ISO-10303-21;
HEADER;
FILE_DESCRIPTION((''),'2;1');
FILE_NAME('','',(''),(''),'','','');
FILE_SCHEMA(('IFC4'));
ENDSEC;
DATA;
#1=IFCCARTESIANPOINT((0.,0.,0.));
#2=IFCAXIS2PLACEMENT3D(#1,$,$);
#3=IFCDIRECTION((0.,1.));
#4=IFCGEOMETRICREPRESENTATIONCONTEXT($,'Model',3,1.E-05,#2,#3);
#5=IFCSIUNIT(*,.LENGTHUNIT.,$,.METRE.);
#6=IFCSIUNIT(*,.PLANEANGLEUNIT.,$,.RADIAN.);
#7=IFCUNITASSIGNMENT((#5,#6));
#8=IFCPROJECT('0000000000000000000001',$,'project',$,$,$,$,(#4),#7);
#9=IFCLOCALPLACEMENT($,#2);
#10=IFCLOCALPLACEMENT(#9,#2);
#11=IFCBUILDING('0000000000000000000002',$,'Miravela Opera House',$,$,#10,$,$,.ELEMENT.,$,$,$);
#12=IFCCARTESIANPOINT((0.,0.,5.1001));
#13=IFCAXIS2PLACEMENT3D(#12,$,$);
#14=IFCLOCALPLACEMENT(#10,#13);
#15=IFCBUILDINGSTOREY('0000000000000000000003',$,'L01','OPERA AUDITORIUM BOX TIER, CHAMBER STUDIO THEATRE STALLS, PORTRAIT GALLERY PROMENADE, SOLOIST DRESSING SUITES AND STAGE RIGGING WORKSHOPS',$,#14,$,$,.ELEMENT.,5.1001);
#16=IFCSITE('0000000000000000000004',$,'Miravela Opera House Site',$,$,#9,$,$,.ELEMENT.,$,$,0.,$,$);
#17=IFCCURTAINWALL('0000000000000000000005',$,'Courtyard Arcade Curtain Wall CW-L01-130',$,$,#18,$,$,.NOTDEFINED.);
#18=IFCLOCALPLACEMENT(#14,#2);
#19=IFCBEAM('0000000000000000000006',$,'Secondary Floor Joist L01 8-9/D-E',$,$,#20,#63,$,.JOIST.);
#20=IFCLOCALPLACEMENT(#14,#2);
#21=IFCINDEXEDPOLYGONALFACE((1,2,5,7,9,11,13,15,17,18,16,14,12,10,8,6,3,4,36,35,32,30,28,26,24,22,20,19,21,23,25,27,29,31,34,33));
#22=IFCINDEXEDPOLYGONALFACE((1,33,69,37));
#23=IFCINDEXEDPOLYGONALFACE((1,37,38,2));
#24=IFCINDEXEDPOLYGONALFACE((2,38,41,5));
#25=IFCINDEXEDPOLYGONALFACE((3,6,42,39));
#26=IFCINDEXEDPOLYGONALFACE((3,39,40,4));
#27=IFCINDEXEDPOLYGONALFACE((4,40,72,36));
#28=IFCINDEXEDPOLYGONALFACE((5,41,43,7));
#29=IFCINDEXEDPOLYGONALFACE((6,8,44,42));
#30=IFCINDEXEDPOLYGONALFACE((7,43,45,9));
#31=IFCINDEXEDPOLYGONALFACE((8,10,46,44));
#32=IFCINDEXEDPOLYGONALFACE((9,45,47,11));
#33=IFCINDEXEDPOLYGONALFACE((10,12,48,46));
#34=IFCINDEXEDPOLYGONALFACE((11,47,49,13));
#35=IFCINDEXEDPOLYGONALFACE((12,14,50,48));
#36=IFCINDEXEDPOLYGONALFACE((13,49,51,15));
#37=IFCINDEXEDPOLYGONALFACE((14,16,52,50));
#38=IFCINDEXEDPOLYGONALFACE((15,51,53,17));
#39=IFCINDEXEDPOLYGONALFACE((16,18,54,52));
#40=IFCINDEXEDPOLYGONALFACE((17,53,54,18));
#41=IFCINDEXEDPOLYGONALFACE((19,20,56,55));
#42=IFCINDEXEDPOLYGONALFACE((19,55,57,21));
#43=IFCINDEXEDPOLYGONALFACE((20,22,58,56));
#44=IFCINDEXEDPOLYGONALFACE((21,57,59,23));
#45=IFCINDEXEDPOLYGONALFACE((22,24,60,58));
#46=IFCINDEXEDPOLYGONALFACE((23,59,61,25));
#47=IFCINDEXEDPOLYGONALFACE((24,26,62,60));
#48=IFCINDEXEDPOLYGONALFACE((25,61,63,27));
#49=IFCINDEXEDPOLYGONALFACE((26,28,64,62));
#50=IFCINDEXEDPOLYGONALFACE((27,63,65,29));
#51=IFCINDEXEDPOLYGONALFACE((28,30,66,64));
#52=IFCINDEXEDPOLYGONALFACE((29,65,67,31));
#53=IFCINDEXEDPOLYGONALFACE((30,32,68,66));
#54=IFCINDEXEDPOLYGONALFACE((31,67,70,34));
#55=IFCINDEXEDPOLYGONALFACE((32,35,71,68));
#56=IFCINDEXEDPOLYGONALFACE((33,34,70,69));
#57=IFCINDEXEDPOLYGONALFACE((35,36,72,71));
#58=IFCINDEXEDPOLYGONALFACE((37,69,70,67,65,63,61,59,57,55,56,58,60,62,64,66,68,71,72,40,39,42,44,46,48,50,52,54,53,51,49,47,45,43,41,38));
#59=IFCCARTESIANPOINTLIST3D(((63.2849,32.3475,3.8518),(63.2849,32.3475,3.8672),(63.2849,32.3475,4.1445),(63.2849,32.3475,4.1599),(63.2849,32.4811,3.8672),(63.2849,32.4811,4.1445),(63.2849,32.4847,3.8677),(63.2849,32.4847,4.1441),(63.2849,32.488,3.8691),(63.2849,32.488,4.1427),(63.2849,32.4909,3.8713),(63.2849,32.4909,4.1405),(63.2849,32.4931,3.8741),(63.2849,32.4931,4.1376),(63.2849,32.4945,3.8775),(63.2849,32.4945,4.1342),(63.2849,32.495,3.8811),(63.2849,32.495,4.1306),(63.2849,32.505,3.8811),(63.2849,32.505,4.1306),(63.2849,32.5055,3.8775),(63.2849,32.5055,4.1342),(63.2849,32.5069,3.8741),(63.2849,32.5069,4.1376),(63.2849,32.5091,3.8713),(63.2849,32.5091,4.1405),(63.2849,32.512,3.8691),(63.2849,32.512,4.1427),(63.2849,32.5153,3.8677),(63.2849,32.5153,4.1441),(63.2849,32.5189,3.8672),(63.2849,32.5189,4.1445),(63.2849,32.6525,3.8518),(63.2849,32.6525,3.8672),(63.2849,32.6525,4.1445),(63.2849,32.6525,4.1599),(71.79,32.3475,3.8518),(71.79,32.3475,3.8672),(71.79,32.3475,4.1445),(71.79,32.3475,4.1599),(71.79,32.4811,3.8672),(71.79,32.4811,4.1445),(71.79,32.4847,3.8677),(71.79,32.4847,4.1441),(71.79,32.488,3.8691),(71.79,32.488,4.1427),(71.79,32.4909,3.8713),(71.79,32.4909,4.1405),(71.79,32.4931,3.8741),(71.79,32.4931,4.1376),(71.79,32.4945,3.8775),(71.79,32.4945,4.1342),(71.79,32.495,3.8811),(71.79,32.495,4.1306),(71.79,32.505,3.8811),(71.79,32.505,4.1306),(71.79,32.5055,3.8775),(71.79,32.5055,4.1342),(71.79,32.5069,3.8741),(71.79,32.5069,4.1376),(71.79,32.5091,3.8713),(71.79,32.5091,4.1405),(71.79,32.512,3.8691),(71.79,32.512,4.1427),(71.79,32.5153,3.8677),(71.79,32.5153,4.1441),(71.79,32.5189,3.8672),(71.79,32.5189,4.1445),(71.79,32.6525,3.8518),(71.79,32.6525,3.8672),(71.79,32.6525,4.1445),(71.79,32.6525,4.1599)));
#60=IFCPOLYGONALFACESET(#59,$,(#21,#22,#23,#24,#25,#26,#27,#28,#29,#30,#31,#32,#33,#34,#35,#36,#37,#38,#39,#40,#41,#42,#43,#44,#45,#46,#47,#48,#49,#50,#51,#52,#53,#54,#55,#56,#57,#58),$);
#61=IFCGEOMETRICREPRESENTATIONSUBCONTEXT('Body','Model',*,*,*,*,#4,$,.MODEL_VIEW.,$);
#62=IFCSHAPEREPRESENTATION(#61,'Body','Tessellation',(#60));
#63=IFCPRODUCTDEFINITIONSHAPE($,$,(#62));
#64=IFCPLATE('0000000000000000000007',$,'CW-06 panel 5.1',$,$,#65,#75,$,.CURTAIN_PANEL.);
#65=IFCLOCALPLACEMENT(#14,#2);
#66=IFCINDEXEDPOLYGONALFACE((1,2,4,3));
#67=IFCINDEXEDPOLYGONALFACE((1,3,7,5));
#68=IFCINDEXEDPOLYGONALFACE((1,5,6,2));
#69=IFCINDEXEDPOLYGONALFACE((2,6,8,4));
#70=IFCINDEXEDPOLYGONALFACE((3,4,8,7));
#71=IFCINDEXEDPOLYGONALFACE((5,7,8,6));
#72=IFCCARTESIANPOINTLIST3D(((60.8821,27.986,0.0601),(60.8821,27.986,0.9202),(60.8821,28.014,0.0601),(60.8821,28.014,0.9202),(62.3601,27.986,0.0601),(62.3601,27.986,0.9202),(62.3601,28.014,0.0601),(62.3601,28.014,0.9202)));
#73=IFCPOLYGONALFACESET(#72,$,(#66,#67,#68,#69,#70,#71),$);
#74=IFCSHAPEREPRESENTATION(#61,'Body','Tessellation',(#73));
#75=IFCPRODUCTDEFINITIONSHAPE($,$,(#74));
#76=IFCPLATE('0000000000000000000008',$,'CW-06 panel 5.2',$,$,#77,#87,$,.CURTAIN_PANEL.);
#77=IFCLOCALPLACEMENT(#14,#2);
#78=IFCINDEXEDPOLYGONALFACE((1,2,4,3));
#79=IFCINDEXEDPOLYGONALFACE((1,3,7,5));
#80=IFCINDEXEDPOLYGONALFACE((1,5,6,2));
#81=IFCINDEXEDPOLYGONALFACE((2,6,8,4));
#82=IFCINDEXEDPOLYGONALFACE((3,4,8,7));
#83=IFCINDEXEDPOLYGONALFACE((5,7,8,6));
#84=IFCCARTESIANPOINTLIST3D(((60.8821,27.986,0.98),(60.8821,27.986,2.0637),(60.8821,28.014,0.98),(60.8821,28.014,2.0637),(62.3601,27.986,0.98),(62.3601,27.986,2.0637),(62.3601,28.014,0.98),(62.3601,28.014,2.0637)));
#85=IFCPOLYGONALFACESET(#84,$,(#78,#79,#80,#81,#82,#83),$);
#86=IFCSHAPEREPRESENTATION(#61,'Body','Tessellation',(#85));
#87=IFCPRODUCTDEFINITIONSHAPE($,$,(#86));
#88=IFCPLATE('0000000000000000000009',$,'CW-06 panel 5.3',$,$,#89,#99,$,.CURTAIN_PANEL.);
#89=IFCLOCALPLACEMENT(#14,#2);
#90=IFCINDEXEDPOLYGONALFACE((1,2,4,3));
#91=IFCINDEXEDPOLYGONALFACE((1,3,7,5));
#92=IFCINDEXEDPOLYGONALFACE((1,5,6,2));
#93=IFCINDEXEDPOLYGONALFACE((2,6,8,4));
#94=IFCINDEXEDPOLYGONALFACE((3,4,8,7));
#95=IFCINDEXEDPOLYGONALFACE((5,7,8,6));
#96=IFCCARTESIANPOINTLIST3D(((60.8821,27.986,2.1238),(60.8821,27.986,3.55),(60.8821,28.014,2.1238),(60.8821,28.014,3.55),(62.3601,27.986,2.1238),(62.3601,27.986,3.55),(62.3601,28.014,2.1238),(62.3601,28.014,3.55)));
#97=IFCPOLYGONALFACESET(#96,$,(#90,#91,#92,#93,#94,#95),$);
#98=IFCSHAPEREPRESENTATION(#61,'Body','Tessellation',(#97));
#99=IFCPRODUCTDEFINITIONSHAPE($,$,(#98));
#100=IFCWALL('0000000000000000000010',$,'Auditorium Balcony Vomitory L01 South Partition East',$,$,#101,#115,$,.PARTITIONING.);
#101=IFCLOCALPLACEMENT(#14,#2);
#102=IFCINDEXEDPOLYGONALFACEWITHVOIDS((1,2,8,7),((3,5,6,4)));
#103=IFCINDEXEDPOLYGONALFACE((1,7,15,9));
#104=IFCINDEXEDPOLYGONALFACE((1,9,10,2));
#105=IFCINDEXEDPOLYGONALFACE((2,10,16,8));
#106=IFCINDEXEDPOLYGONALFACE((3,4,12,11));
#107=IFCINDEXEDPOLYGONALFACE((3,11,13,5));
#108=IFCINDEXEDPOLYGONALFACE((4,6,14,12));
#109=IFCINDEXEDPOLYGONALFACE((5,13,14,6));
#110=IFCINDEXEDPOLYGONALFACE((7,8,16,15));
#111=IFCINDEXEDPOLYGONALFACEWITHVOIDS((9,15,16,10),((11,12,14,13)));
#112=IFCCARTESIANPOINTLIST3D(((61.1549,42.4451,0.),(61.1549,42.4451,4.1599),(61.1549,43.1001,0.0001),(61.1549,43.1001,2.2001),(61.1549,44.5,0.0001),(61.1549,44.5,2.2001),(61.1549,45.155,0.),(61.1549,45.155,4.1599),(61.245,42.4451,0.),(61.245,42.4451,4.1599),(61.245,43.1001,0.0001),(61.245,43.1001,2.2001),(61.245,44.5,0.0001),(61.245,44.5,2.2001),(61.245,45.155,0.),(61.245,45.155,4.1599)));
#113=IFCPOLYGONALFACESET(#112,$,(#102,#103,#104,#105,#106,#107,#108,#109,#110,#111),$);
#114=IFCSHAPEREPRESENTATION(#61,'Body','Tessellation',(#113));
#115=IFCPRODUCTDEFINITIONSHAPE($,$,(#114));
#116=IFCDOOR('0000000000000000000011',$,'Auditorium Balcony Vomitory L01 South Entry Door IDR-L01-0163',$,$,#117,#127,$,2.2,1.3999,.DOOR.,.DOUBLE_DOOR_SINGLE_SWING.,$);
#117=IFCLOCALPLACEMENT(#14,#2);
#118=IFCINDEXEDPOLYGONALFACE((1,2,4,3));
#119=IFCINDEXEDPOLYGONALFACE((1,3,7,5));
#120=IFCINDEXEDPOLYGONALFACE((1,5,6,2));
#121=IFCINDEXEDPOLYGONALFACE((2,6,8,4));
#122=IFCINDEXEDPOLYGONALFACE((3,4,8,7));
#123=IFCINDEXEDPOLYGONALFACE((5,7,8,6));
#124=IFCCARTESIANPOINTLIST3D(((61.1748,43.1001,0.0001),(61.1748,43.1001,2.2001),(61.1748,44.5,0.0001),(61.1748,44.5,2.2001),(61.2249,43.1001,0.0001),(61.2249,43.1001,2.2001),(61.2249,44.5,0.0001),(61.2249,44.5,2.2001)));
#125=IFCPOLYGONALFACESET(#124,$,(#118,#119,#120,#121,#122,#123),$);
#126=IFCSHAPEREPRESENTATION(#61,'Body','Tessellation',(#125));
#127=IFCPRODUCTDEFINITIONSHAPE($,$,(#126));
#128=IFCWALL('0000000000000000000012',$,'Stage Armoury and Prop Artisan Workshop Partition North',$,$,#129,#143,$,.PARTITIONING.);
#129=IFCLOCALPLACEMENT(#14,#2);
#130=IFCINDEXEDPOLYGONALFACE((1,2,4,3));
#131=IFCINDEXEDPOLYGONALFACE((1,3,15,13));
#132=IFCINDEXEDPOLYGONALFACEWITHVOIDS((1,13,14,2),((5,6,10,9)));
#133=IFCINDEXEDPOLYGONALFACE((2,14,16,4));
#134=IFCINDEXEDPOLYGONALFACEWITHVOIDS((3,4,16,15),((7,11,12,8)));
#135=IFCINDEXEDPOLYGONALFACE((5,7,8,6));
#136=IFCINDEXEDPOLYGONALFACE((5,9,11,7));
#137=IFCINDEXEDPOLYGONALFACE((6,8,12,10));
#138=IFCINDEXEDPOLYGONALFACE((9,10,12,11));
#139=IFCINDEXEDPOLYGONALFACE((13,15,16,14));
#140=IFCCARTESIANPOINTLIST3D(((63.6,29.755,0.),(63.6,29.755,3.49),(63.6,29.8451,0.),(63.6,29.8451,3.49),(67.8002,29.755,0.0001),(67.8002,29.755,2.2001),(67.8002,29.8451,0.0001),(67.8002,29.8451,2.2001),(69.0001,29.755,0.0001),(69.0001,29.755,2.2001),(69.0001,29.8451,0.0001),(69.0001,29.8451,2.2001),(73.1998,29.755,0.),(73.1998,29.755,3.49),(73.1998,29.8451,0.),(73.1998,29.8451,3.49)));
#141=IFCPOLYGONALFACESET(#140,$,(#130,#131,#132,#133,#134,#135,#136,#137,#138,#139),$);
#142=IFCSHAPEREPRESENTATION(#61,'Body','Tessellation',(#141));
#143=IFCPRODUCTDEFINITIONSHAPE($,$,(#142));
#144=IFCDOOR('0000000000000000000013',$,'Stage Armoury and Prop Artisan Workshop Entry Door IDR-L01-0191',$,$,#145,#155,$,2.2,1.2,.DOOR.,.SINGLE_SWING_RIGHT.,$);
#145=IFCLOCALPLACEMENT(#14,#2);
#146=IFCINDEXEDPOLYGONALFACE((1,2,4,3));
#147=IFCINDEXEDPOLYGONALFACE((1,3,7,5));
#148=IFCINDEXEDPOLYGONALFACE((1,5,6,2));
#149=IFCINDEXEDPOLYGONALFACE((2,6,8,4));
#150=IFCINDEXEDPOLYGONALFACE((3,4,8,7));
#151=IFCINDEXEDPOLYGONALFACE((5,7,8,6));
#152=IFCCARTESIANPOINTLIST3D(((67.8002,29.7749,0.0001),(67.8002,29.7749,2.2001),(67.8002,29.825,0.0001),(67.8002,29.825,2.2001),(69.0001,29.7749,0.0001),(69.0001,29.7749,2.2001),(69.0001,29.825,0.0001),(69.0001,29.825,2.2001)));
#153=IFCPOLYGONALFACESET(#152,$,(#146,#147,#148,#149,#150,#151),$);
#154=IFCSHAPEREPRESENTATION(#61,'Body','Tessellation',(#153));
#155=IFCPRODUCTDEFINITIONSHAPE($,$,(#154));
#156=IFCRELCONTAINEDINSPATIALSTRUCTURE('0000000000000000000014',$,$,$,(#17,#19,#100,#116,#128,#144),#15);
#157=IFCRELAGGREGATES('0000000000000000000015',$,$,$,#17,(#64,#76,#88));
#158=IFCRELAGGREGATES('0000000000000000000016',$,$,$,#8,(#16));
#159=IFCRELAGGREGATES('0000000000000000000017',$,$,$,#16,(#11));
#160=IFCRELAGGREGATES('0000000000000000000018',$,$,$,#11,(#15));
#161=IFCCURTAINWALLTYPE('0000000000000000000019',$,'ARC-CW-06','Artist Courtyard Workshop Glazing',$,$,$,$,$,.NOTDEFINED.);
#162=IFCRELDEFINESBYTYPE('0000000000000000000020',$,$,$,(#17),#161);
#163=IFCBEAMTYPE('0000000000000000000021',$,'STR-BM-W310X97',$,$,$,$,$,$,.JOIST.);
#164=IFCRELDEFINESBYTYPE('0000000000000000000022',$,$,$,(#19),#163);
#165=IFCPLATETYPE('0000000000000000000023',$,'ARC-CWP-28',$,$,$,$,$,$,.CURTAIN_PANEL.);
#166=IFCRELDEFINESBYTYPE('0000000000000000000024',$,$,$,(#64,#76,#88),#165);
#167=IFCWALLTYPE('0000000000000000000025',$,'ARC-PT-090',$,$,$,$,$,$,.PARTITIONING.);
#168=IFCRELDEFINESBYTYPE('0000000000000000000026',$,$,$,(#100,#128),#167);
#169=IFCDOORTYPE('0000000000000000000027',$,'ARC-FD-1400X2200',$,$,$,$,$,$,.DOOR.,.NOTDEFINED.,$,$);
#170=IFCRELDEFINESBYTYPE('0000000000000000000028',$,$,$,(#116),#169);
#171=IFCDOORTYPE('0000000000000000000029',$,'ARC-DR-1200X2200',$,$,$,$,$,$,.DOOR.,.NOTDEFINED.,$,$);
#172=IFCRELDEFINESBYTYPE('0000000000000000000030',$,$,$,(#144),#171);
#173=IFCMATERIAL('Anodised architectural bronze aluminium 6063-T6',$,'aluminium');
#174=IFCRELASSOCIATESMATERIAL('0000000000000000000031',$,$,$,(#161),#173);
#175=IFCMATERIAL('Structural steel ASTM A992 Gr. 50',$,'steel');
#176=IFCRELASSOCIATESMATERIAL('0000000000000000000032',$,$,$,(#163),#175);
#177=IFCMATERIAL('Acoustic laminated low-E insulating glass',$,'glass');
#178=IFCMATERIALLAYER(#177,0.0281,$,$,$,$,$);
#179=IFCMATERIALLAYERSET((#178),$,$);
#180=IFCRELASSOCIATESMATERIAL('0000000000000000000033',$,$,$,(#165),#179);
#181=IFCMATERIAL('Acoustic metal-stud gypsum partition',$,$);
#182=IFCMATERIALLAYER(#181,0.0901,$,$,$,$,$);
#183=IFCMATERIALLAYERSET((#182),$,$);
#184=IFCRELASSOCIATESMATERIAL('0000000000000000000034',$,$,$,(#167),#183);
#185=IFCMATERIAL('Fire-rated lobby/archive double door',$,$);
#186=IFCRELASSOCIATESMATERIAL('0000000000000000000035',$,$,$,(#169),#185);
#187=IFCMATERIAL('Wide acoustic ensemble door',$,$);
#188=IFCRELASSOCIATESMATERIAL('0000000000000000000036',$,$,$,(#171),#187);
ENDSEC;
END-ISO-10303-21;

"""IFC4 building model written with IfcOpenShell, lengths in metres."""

from ifc_helpers import new_model, si_unit, direction, frame, frame_2d, origin, origin_2d, place, context, subcontext, project, spatial, rectangle, i_section, extrude, material, layer, layer_set, material_profile, profile_set, type_object, element, fill, aggregate, save


model = new_model("IFC4")

# Units and contexts
model_context = context("Model", 3, precision=1e-05, world=origin(), true_north=direction((0.0, 1.0)))
body_context = subcontext(model_context, "Body", "Model", "MODEL_VIEW")
ifc_project = project(units=[si_unit("LENGTHUNIT", "METRE"), si_unit("PLANEANGLEUNIT", "RADIAN")], contexts=[model_context])

# Site, building, storey
site_placement = place(None, origin())
site = spatial("IfcSite", under=ifc_project, at=site_placement, Name="Miravela Opera House Site", CompositionType="ELEMENT", RefElevation=0.0)
building_placement = place(site_placement, origin())
building = spatial("IfcBuilding", under=site, at=building_placement, Name="Miravela Opera House", CompositionType="ELEMENT")
storey_placement = place(building_placement, frame((0.0, 0.0, 5.1001)))
storey = spatial("IfcBuildingStorey", under=building, at=storey_placement, Name="L01", Description="OPERA AUDITORIUM BOX TIER, CHAMBER STUDIO THEATRE STALLS, PORTRAIT GALLERY PROMENADE, SOLOIST DRESSING SUITES AND STAGE RIGGING WORKSHOPS", CompositionType="ELEMENT", Elevation=5.1001)

# Curtain wall
ifc_material_1 = material(Name="Anodised architectural bronze aluminium 6063-T6", Category="aluminium")
curtain_wall_type = type_object("IfcCurtainWallType", Name="ARC-CW-06", Description="Artist Courtyard Workshop Glazing", PredefinedType="NOTDEFINED", material=ifc_material_1)
curtain_wall_placement = place(storey_placement, origin())
curtain_wall = element("IfcCurtainWall", 1, at=curtain_wall_placement, inside=storey, type_object=curtain_wall_type, Name="Courtyard Arcade Curtain Wall CW-L01-130", PredefinedType="NOTDEFINED")

# Beam
ifc_material_2 = material(Name="Structural steel ASTM A992 Gr. 50", Category="steel")
ifc_material_profile_1 = material_profile(ifc_material_2, i_section(OverallWidth=0.3049, OverallDepth=0.3081, WebThickness=0.01, FlangeThickness=0.0154, FilletRadius=0.0139, at=origin_2d()), Name="W310X97")
ifc_profile_set_1 = profile_set([ifc_material_profile_1])
beam_type_1 = type_object("IfcBeamType", Name="STR-BM-W310X97", PredefinedType="JOIST", material=ifc_profile_set_1)
beam_1_placement = place(storey_placement, frame((63.2849, 32.5, 4.0059), z_axis=(1.0, 0.0, 0.0), x_axis=(0.0, 1.0, 0.0)))
element("IfcBeam", 2, at=beam_1_placement, inside=storey, type_object=beam_type_1, Name="Secondary Floor Joist L01 8-9/D-E", PredefinedType="JOIST", context=body_context, shape_type="SweptSolid", body=[
    extrude(i_section(OverallWidth=0.3049, OverallDepth=0.3081, WebThickness=0.01, FlangeThickness=0.0154, FilletRadius=0.0139, at=origin_2d()), origin(), (0.0, 0.0, 1.0), 8.5051),
])

# Plates
ifc_material_3 = material(Name="Acoustic laminated low-E insulating glass", Category="glass")
ifc_layer_1 = layer(ifc_material_3, 0.0281)
ifc_layer_set_1 = layer_set([ifc_layer_1])
plate_type = type_object("IfcPlateType", Name="ARC-CWP-28", PredefinedType="CURTAIN_PANEL", material=ifc_layer_set_1)
plate_1_placement = place(storey_placement, frame((61.6211, 28.0, 0.0601), z_axis=(0.0, 0.0, 1.0), x_axis=(1.0, 0.0, 0.0)))
plate_1 = element("IfcPlate", 3, at=plate_1_placement, type_object=plate_type, Name="CW-06 panel 5.1", PredefinedType="CURTAIN_PANEL", context=body_context, shape_type="SweptSolid", body=[
    extrude(rectangle(XDim=1.478, YDim=0.0281, at=origin_2d()), origin(), (0.0, 0.0, 1.0), 0.8601),
])
plate_2_placement = place(storey_placement, frame((61.6211, 28.0, 0.98), z_axis=(0.0, 0.0, 1.0), x_axis=(1.0, 0.0, 0.0)))
plate_2 = element("IfcPlate", 4, at=plate_2_placement, type_object=plate_type, Name="CW-06 panel 5.2", PredefinedType="CURTAIN_PANEL", context=body_context, shape_type="SweptSolid", body=[
    extrude(rectangle(XDim=1.478, YDim=0.0281, at=origin_2d()), origin(), (0.0, 0.0, 1.0), 1.0837),
])
plate_3_placement = place(storey_placement, frame((61.6211, 28.0, 2.1238), z_axis=(0.0, 0.0, 1.0), x_axis=(1.0, 0.0, 0.0)))
plate_3 = element("IfcPlate", 5, at=plate_3_placement, type_object=plate_type, Name="CW-06 panel 5.3", PredefinedType="CURTAIN_PANEL", context=body_context, shape_type="SweptSolid", body=[
    extrude(rectangle(XDim=1.478, YDim=0.0281, at=origin_2d()), origin(), (0.0, 0.0, 1.0), 1.4263),
])
aggregate(curtain_wall, [plate_1, plate_2, plate_3])

# Walls, openings, doors
ifc_material_4 = material(Name="Acoustic metal-stud gypsum partition")
ifc_layer_2 = layer(ifc_material_4, 0.0901)
ifc_layer_set_2 = layer_set([ifc_layer_2])
wall_type_1 = type_object("IfcWallType", Name="ARC-PT-090", PredefinedType="PARTITIONING", material=ifc_layer_set_2)
wall_1_placement = place(storey_placement, frame((61.2, 42.4451, 0.0), z_axis=(0.0, 0.0, 1.0), x_axis=(0.0, 1.0, 0.0)))
wall_1 = element("IfcWall", 6, at=wall_1_placement, inside=storey, type_object=wall_type_1, Name="Auditorium Balcony Vomitory L01 South Partition East", PredefinedType="PARTITIONING", context=body_context, shape_type="SweptSolid", body=[
    extrude(rectangle(XDim=2.71, YDim=0.0901, at=frame_2d((1.355, 0.0))), origin(), (0.0, 0.0, 1.0), 4.1599),
])
opening_1_placement = place(wall_1_placement, frame((0.655, 0.0, 0.0)))
opening_1 = element("IfcOpeningElement", 7, at=opening_1_placement, cuts=wall_1, PredefinedType="OPENING", context=body_context, shape_type="SweptSolid", body=[
    extrude(rectangle(XDim=1.3999, YDim=2.2, at=frame_2d((0.7, 1.1001))), frame((0.0, 0.0549, 0.0), z_axis=(0.0, -1.0, 0.0), x_axis=(1.0, 0.0, 0.0)), (0.0, 0.0, 1.0), 0.1101),
])
ifc_material_5 = material(Name="Fire-rated lobby/archive double door")
door_type_1 = type_object("IfcDoorType", Name="ARC-FD-1400X2200", OperationType="NOTDEFINED", PredefinedType="DOOR", material=ifc_material_5)
door_1_placement = place(opening_1_placement, frame((1.3999, 0.0, 0.0), z_axis=(0.0, 0.0, 1.0), x_axis=(-1.0, 0.0, 0.0)))
door_1 = element("IfcDoor", 8, at=door_1_placement, inside=storey, type_object=door_type_1, Name="Auditorium Balcony Vomitory L01 South Entry Door IDR-L01-0163", OperationType="DOUBLE_DOOR_SINGLE_SWING", OverallHeight=2.2, OverallWidth=1.3999, PredefinedType="DOOR", context=body_context, shape_type="SweptSolid", body=[
    extrude(rectangle(XDim=1.3999, YDim=2.2, at=frame_2d((0.7, 1.1001))), frame((0.0, 0.0249, 0.0), z_axis=(0.0, -1.0, 0.0), x_axis=(1.0, 0.0, 0.0)), (0.0, 0.0, 1.0), 0.05),
])
fill(opening_1, door_1)
wall_2_placement = place(storey_placement, frame((63.6001, 29.8, 0.0), z_axis=(0.0, 0.0, 1.0), x_axis=(1.0, 0.0, 0.0)))
wall_2 = element("IfcWall", 9, at=wall_2_placement, inside=storey, type_object=wall_type_1, Name="Stage Armoury and Prop Artisan Workshop Partition North", PredefinedType="PARTITIONING", context=body_context, shape_type="SweptSolid", body=[
    extrude(rectangle(XDim=9.5999, YDim=0.0901, at=frame_2d((4.7998, 0.0))), origin(), (0.0, 0.0, 1.0), 3.49),
])
opening_2_placement = place(wall_2_placement, frame((4.2, 0.0, 0.0)))
opening_2 = element("IfcOpeningElement", 10, at=opening_2_placement, cuts=wall_2, PredefinedType="OPENING", context=body_context, shape_type="SweptSolid", body=[
    extrude(rectangle(XDim=1.2, YDim=2.2, at=frame_2d((0.6001, 1.1001))), frame((0.0, 0.0549, 0.0), z_axis=(0.0, -1.0, 0.0), x_axis=(1.0, 0.0, 0.0)), (0.0, 0.0, 1.0), 0.1101),
])
ifc_material_6 = material(Name="Wide acoustic ensemble door")
door_type_2 = type_object("IfcDoorType", Name="ARC-DR-1200X2200", OperationType="NOTDEFINED", PredefinedType="DOOR", material=ifc_material_6)
door_2_placement = place(opening_2_placement, origin())
door_2 = element("IfcDoor", 11, at=door_2_placement, inside=storey, type_object=door_type_2, Name="Stage Armoury and Prop Artisan Workshop Entry Door IDR-L01-0191", OperationType="SINGLE_SWING_RIGHT", OverallHeight=2.2, OverallWidth=1.2, PredefinedType="DOOR", context=body_context, shape_type="SweptSolid", body=[
    extrude(rectangle(XDim=1.2, YDim=2.2, at=frame_2d((0.6001, 1.1001))), frame((0.0, 0.0249, 0.0), z_axis=(0.0, -1.0, 0.0), x_axis=(1.0, 0.0, 0.0)), (0.0, 0.0, 1.0), 0.05),
])
fill(opening_2, door_2)

save(model, "model.ifc")
